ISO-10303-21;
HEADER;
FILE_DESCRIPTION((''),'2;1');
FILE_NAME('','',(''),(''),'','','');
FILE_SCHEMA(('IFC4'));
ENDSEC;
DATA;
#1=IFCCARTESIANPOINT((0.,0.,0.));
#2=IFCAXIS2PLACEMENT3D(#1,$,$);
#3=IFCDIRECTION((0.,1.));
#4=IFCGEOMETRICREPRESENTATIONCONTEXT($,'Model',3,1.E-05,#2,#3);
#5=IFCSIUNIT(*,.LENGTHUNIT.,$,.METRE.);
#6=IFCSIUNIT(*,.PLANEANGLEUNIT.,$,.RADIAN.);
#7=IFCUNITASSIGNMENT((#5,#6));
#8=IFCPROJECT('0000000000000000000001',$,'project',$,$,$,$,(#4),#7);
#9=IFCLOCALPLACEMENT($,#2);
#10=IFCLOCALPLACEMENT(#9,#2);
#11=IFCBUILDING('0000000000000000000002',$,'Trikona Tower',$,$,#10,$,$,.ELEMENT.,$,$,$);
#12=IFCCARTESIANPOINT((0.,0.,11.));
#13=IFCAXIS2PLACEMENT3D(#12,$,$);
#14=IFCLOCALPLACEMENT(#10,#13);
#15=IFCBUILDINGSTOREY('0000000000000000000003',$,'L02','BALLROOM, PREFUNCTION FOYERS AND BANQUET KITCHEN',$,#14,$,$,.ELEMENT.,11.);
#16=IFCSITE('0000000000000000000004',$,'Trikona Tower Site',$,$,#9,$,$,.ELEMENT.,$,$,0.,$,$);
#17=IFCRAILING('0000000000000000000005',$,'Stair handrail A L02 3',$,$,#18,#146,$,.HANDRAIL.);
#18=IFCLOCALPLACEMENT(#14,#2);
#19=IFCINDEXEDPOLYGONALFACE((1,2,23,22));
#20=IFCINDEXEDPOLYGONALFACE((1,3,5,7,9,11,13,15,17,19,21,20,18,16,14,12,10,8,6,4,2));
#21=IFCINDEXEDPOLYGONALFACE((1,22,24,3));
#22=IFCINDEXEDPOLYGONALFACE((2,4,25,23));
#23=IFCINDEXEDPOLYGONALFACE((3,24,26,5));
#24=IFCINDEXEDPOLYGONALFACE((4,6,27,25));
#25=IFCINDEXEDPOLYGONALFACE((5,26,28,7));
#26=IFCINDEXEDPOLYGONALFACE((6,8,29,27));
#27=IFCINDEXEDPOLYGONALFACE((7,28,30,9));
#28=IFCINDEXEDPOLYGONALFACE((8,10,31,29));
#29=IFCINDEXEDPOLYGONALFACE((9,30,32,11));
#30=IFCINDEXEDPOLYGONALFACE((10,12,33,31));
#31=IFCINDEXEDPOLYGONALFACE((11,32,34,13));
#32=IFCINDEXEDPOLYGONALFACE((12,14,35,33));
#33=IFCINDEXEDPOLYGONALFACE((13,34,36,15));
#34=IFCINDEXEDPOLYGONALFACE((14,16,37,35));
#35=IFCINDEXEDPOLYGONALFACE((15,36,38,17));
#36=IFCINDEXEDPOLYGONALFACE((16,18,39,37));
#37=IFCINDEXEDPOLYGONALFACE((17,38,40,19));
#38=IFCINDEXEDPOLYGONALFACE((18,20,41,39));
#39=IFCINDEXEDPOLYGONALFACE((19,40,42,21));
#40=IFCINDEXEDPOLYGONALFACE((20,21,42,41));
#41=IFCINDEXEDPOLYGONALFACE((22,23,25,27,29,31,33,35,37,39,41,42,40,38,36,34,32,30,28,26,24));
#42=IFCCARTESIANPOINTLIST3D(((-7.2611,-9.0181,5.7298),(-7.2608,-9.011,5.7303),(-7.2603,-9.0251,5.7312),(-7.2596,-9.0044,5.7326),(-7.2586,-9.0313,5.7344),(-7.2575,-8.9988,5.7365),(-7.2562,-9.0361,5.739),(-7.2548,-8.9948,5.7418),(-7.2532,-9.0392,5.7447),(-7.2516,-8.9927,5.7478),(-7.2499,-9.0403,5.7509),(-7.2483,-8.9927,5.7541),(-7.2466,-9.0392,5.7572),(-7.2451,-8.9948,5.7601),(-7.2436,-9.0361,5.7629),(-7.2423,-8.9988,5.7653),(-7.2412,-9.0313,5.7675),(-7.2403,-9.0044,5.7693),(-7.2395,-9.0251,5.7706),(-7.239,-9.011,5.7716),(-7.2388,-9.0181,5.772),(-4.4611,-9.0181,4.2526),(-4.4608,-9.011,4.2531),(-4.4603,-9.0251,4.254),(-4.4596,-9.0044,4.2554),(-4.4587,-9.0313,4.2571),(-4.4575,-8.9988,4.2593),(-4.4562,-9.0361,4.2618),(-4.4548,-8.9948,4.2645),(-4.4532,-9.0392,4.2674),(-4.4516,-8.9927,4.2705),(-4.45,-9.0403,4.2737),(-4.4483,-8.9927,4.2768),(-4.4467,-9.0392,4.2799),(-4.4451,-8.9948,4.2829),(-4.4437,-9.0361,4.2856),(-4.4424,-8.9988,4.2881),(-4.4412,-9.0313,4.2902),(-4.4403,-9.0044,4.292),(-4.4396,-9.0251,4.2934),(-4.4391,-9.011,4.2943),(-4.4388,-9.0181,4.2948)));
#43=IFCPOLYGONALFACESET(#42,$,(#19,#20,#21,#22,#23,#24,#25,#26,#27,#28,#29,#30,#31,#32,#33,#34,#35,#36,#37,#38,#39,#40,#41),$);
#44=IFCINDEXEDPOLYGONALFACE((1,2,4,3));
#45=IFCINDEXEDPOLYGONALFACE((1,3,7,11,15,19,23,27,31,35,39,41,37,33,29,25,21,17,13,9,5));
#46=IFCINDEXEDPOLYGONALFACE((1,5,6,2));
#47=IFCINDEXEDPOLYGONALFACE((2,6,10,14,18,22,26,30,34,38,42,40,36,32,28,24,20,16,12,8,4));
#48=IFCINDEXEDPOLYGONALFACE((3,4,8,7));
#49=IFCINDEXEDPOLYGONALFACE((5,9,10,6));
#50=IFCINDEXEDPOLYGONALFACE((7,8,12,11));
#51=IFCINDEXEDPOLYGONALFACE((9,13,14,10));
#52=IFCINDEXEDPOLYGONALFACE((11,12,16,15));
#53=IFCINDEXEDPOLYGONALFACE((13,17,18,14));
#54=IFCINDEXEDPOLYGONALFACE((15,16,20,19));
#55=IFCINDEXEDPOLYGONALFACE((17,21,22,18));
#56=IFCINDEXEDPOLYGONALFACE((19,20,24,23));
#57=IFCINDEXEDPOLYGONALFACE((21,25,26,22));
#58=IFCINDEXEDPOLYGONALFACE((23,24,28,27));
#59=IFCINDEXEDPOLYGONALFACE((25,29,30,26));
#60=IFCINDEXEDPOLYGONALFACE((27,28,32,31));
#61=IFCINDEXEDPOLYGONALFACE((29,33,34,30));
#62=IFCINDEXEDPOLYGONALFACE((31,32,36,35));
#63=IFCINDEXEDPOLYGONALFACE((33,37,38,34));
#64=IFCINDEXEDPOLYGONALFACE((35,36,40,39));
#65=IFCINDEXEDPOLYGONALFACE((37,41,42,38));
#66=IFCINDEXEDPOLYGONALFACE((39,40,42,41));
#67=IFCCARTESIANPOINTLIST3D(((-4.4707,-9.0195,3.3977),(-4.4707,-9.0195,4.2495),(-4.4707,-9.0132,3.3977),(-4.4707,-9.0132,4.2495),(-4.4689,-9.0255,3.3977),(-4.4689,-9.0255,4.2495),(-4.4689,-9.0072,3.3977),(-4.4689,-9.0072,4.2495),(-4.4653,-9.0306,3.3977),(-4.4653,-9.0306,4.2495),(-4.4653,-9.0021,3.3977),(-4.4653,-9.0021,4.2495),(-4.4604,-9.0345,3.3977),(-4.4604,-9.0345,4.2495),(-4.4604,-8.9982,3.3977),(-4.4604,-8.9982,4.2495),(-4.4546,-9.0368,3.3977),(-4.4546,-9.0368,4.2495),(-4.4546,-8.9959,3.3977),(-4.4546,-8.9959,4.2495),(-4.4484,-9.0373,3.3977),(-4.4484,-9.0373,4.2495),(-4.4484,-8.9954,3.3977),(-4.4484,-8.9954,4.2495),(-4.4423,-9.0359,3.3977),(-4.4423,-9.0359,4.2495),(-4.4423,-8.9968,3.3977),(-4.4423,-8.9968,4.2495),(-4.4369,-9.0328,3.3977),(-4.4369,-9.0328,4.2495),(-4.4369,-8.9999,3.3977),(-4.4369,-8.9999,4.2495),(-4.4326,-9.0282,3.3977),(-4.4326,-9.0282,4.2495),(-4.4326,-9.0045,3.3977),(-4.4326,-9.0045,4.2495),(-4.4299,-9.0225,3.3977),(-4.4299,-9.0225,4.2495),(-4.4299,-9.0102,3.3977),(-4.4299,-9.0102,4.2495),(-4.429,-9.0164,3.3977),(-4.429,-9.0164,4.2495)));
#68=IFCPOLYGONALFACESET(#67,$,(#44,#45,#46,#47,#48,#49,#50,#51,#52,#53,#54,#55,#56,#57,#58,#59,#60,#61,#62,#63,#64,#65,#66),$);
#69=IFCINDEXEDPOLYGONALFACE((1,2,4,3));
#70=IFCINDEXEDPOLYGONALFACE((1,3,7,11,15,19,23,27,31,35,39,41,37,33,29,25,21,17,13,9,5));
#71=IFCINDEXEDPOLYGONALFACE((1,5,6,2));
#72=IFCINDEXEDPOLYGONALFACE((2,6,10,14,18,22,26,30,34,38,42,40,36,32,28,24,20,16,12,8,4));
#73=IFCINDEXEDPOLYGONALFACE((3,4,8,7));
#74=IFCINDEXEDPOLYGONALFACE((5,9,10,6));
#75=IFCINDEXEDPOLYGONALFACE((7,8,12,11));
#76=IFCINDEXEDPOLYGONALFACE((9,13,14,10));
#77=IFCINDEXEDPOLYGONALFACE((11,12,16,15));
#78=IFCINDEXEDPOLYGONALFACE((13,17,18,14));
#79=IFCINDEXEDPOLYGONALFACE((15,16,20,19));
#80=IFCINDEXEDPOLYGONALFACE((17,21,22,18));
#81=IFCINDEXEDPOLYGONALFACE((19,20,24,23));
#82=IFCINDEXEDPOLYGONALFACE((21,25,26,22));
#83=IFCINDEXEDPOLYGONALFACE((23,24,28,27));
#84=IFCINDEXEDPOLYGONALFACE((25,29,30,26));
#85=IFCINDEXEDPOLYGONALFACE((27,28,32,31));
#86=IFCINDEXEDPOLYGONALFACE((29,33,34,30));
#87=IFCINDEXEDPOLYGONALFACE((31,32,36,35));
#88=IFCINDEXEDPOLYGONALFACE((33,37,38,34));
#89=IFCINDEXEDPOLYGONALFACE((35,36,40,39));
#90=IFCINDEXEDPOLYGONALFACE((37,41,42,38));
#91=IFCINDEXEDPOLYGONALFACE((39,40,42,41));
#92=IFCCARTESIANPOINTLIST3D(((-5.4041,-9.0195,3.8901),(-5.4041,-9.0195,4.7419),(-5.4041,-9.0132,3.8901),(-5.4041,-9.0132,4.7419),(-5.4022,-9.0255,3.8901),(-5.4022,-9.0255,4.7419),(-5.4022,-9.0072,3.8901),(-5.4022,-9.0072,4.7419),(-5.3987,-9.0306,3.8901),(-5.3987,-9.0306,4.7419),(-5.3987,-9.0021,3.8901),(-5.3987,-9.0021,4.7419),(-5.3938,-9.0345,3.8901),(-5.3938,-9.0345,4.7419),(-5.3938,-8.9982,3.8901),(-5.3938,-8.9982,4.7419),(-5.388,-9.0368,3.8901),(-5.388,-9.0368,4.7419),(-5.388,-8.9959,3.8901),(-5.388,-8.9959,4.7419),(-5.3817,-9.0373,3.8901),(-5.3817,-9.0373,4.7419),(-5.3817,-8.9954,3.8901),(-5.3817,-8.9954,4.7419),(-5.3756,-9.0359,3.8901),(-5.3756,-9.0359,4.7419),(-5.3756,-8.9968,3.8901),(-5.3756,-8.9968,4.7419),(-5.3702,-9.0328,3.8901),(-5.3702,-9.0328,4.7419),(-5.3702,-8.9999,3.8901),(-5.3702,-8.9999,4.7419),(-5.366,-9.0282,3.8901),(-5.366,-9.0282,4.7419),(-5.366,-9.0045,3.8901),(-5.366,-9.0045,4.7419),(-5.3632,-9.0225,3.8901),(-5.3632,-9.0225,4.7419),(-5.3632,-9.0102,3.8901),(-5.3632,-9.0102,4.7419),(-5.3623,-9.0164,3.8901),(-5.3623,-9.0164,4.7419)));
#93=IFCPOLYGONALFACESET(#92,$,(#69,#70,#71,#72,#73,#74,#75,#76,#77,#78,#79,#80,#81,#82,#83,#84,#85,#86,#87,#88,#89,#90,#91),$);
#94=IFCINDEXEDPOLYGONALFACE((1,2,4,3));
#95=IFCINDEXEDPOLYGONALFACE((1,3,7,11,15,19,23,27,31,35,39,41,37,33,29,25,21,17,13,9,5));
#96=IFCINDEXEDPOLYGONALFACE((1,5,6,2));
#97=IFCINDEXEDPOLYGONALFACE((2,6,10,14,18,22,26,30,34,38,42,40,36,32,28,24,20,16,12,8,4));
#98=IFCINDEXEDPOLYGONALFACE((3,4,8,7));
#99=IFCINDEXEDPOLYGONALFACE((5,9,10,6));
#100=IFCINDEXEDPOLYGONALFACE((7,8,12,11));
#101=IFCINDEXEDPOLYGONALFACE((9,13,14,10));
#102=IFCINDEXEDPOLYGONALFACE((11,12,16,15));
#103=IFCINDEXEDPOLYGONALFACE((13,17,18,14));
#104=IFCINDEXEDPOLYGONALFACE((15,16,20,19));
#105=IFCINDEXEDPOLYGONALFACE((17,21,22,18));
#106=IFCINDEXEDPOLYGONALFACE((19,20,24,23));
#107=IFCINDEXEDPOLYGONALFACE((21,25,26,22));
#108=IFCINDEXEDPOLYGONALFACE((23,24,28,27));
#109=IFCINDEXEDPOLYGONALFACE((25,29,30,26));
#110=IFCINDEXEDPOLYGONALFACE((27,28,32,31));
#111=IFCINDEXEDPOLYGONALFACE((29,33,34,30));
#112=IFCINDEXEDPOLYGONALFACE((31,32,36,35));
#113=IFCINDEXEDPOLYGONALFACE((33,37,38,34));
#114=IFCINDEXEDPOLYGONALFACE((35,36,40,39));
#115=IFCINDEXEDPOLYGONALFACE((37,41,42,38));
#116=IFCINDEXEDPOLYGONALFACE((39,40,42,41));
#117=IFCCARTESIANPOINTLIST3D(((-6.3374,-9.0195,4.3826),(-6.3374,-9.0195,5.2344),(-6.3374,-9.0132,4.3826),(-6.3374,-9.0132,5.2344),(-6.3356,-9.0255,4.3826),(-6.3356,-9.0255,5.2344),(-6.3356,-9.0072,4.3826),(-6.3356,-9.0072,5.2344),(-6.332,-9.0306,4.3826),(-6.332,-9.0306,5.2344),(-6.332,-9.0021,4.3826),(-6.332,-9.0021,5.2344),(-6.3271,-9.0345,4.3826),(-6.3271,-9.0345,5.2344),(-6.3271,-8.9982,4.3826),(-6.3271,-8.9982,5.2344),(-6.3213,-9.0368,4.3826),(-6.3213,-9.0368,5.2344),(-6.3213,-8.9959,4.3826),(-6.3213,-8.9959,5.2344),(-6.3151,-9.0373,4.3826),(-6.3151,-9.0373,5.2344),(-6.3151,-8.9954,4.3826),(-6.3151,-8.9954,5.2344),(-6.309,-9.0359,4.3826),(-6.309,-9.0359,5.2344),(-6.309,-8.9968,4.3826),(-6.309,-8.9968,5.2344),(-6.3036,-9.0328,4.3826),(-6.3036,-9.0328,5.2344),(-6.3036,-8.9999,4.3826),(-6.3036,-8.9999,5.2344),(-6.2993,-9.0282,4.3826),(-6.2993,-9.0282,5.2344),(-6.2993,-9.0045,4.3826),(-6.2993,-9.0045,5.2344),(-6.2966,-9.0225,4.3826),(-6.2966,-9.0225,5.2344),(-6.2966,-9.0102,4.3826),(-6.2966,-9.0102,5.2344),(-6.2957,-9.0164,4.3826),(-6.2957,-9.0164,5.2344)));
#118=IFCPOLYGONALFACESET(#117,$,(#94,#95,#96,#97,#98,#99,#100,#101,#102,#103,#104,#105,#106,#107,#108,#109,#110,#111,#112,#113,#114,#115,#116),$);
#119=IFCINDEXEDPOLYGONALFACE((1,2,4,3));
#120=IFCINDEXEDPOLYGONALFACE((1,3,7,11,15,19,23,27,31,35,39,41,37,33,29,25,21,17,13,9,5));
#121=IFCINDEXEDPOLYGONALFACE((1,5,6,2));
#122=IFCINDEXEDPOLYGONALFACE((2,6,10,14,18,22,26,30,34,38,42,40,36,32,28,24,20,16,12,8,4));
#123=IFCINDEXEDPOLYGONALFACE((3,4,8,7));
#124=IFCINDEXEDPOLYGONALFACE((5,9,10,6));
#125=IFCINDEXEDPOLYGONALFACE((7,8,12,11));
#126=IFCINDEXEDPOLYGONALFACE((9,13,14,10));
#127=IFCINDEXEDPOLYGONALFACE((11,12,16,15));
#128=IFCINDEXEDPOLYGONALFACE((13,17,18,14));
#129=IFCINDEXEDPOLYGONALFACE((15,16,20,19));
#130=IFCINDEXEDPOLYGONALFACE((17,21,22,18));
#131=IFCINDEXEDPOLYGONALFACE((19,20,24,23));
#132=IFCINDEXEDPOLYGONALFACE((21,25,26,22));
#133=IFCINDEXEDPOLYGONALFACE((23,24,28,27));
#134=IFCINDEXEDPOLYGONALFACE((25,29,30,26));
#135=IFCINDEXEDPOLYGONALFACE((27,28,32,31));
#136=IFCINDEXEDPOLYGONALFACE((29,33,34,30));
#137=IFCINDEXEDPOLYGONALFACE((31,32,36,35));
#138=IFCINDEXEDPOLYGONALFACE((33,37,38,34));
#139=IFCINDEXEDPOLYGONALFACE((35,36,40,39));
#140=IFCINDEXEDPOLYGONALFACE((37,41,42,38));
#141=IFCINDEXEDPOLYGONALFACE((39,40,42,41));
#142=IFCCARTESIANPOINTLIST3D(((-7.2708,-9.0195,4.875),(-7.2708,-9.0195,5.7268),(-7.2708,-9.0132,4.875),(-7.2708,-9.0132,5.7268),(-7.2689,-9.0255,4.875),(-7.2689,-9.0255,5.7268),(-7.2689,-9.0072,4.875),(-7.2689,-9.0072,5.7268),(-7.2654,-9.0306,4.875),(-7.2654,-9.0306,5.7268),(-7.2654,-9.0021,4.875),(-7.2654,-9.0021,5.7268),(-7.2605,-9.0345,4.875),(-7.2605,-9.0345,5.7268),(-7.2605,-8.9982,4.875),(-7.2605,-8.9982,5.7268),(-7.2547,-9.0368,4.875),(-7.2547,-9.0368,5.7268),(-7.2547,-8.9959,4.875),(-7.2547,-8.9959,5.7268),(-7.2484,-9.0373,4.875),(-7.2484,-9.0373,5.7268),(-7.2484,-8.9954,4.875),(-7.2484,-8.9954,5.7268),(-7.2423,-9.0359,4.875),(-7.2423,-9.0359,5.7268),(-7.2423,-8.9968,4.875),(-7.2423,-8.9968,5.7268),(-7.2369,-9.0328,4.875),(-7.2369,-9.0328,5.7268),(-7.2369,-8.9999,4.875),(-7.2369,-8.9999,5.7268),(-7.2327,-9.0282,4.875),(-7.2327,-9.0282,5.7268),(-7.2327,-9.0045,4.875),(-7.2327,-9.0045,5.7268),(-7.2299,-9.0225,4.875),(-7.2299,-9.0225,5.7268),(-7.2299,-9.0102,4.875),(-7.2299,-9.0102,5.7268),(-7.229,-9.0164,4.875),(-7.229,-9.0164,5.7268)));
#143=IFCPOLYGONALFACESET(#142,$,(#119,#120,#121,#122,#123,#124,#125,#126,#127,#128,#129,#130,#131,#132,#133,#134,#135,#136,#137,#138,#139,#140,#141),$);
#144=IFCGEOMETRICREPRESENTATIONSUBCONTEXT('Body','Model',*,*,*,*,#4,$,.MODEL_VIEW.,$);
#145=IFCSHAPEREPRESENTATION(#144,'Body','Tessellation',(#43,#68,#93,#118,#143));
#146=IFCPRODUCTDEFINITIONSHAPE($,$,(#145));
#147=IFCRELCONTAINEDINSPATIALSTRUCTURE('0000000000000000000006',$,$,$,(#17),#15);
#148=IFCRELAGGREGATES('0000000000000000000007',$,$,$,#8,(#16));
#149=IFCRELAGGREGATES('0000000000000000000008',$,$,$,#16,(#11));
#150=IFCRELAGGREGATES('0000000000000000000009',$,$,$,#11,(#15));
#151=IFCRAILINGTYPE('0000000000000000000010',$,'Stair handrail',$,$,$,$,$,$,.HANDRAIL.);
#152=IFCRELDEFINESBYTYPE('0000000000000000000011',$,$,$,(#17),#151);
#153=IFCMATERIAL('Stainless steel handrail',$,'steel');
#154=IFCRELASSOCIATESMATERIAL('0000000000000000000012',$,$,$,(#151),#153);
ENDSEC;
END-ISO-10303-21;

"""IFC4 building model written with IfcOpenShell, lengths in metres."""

from ifc_helpers import new_model, si_unit, direction, frame, origin, origin_2d, place, context, subcontext, project, spatial, circle, extrude, material, type_object, element, save


model = new_model("IFC4")

# Units and contexts
model_context = context("Model", 3, precision=1e-05, world=origin(), true_north=direction((0.0, 1.0)))
body_context = subcontext(model_context, "Body", "Model", "MODEL_VIEW")
ifc_project = project(units=[si_unit("LENGTHUNIT", "METRE"), si_unit("PLANEANGLEUNIT", "RADIAN")], contexts=[model_context])

# Site, building, storey
site_placement = place(None, origin())
site = spatial("IfcSite", under=ifc_project, at=site_placement, Name="Trikona Tower Site", CompositionType="ELEMENT", RefElevation=0.0)
building_placement = place(site_placement, origin())
building = spatial("IfcBuilding", under=site, at=building_placement, Name="Trikona Tower", CompositionType="ELEMENT")
storey_placement = place(building_placement, frame((0.0, 0.0, 11.0)))
storey = spatial("IfcBuildingStorey", under=building, at=storey_placement, Name="L02", Description="BALLROOM, PREFUNCTION FOYERS AND BANQUET KITCHEN", CompositionType="ELEMENT", Elevation=11.0)

# Railing
ifc_material_1 = material(Name="Stainless steel handrail", Category="steel")
railing_type = type_object("IfcRailingType", Name="Stair handrail", PredefinedType="HANDRAIL", material=ifc_material_1)
railing_1_placement = place(storey_placement, frame((-4.45, -9.0164, 3.3977)))
element("IfcRailing", 1, at=railing_1_placement, inside=storey, type_object=railing_type, Name="Stair handrail A L02 3", PredefinedType="HANDRAIL", context=body_context, shape_type="SweptSolid", body=[
    extrude(circle(Radius=0.0239, at=origin_2d()), frame((0.0, 0.0, 0.876), z_axis=(-0.884451, 0.0, 0.466633), x_axis=(0.0, -1.0, 0.0)), (0.0, 0.0, 1.0), 3.1658),
    extrude(circle(Radius=0.021, at=origin_2d()), origin(), (0.0, 0.0, 1.0), 0.8518),
    extrude(circle(Radius=0.021, at=origin_2d()), frame((-0.9333, 0.0, 0.4924)), (0.0, 0.0, 1.0), 0.8518),
    extrude(circle(Radius=0.021, at=origin_2d()), frame((-1.8667, 0.0, 0.9849)), (0.0, 0.0, 1.0), 0.8518),
    extrude(circle(Radius=0.021, at=origin_2d()), frame((-2.8, 0.0, 1.4773)), (0.0, 0.0, 1.0), 0.8518),
])

save(model, "model.ifc")
